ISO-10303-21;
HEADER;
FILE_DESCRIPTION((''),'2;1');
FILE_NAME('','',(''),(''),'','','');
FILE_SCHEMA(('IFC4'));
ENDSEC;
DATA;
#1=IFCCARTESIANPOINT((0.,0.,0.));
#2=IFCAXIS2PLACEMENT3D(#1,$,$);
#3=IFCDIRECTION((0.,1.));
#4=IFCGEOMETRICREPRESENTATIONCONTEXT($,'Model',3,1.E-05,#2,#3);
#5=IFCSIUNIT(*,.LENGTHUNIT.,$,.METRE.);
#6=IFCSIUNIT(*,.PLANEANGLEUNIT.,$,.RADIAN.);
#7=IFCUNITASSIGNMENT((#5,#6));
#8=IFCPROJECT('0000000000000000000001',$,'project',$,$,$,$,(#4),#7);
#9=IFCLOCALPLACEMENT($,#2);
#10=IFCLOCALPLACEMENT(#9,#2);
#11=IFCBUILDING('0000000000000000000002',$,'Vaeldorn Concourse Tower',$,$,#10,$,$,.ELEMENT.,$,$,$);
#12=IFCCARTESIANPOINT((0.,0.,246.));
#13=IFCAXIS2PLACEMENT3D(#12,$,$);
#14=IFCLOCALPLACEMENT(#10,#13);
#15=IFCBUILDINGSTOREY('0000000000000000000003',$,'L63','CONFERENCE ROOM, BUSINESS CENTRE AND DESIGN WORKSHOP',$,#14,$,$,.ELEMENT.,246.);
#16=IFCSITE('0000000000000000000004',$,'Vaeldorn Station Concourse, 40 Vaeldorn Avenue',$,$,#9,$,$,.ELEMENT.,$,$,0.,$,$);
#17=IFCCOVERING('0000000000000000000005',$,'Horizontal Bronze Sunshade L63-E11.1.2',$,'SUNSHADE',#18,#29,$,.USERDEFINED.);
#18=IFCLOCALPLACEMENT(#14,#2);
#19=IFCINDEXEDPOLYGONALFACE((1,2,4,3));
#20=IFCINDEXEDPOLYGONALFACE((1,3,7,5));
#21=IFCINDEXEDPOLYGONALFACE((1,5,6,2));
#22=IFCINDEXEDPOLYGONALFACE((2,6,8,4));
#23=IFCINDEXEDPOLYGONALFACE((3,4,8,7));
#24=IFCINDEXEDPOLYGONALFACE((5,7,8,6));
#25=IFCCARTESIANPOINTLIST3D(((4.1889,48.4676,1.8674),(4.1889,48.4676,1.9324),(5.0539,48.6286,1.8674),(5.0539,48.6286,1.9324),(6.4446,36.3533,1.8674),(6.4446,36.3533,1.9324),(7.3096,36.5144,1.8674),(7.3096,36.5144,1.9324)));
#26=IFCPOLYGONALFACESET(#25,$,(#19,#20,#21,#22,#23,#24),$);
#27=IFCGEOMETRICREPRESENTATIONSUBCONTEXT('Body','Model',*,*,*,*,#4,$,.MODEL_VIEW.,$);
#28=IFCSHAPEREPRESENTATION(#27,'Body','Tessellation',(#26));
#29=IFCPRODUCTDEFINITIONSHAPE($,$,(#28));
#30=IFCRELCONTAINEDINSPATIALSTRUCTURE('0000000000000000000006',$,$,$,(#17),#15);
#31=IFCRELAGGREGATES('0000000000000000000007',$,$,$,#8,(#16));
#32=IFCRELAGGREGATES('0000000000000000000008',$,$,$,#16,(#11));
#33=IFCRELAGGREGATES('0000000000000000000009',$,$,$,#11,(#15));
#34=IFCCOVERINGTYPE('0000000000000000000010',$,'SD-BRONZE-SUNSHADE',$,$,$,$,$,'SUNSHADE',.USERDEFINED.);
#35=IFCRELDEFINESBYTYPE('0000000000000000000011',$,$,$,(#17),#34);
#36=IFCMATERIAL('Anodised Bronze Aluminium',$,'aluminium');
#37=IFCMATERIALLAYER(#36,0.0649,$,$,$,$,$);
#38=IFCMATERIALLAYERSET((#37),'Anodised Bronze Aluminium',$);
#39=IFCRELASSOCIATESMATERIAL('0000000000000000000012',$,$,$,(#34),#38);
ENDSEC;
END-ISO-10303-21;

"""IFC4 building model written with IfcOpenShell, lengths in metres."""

from ifc_helpers import new_model, si_unit, direction, frame, origin, origin_2d, place, context, subcontext, project, spatial, rectangle, extrude, source, transform, mapped, material, layer, layer_set, type_object, element, save


model = new_model("IFC4")

# Units and contexts
model_context = context("Model", 3, precision=1e-05, world=origin(), true_north=direction((0.0, 1.0)))
body_context = subcontext(model_context, "Body", "Model", "MODEL_VIEW")
ifc_project = project(units=[si_unit("LENGTHUNIT", "METRE"), si_unit("PLANEANGLEUNIT", "RADIAN")], contexts=[model_context])

# Site, building, storey
site_placement = place(None, origin())
site = spatial("IfcSite", under=ifc_project, at=site_placement, Name="Vaeldorn Station Concourse, 40 Vaeldorn Avenue", CompositionType="ELEMENT", RefElevation=0.0)
building_placement = place(site_placement, origin())
building = spatial("IfcBuilding", under=site, at=building_placement, Name="Vaeldorn Concourse Tower", CompositionType="ELEMENT")
storey_placement = place(building_placement, frame((0.0, 0.0, 246.0)))
storey = spatial("IfcBuildingStorey", under=building, at=storey_placement, Name="L63", Description="CONFERENCE ROOM, BUSINESS CENTRE AND DESIGN WORKSHOP", CompositionType="ELEMENT", Elevation=246.0)

# Shared definitions
ifc_material_1 = material(Name="Anodised Bronze Aluminium", Category="aluminium")

# Covering
ifc_layer_1 = layer(ifc_material_1, 0.0649)
ifc_layer_set_1 = layer_set([ifc_layer_1], Name="Anodised Bronze Aluminium")
covering_type = type_object("IfcCoveringType", Name="SD-BRONZE-SUNSHADE", ElementType="SUNSHADE", PredefinedType="USERDEFINED", material=ifc_layer_set_1)
shared_shape_1 = source(origin(), body_context, "Body", "SweptSolid", [
    extrude(rectangle(XDim=12.3225, YDim=0.8799, at=origin_2d()), origin(), (0.0, 0.0, 1.0), 0.0649),
])
for number, where, z_axis, x_axis, name in (
    (1, (5.7493, 42.491, 1.8674), (0.0, 0.0, 1.0), (0.183059, -0.983102, 0.0), "Horizontal Bronze Sunshade L63-E11.1.2"),
):
    element("IfcCovering", number, at=place(storey_placement, frame(where, z_axis=z_axis, x_axis=x_axis)), inside=storey, type_object=covering_type, Name=name, ObjectType="SUNSHADE", PredefinedType="USERDEFINED", context=body_context, shape_type="MappedRepresentation", body=[
        mapped(shared_shape_1, transform((0.0, 0.0, 0.0), scale=1.0)),
    ])

save(model, "model.ifc")
